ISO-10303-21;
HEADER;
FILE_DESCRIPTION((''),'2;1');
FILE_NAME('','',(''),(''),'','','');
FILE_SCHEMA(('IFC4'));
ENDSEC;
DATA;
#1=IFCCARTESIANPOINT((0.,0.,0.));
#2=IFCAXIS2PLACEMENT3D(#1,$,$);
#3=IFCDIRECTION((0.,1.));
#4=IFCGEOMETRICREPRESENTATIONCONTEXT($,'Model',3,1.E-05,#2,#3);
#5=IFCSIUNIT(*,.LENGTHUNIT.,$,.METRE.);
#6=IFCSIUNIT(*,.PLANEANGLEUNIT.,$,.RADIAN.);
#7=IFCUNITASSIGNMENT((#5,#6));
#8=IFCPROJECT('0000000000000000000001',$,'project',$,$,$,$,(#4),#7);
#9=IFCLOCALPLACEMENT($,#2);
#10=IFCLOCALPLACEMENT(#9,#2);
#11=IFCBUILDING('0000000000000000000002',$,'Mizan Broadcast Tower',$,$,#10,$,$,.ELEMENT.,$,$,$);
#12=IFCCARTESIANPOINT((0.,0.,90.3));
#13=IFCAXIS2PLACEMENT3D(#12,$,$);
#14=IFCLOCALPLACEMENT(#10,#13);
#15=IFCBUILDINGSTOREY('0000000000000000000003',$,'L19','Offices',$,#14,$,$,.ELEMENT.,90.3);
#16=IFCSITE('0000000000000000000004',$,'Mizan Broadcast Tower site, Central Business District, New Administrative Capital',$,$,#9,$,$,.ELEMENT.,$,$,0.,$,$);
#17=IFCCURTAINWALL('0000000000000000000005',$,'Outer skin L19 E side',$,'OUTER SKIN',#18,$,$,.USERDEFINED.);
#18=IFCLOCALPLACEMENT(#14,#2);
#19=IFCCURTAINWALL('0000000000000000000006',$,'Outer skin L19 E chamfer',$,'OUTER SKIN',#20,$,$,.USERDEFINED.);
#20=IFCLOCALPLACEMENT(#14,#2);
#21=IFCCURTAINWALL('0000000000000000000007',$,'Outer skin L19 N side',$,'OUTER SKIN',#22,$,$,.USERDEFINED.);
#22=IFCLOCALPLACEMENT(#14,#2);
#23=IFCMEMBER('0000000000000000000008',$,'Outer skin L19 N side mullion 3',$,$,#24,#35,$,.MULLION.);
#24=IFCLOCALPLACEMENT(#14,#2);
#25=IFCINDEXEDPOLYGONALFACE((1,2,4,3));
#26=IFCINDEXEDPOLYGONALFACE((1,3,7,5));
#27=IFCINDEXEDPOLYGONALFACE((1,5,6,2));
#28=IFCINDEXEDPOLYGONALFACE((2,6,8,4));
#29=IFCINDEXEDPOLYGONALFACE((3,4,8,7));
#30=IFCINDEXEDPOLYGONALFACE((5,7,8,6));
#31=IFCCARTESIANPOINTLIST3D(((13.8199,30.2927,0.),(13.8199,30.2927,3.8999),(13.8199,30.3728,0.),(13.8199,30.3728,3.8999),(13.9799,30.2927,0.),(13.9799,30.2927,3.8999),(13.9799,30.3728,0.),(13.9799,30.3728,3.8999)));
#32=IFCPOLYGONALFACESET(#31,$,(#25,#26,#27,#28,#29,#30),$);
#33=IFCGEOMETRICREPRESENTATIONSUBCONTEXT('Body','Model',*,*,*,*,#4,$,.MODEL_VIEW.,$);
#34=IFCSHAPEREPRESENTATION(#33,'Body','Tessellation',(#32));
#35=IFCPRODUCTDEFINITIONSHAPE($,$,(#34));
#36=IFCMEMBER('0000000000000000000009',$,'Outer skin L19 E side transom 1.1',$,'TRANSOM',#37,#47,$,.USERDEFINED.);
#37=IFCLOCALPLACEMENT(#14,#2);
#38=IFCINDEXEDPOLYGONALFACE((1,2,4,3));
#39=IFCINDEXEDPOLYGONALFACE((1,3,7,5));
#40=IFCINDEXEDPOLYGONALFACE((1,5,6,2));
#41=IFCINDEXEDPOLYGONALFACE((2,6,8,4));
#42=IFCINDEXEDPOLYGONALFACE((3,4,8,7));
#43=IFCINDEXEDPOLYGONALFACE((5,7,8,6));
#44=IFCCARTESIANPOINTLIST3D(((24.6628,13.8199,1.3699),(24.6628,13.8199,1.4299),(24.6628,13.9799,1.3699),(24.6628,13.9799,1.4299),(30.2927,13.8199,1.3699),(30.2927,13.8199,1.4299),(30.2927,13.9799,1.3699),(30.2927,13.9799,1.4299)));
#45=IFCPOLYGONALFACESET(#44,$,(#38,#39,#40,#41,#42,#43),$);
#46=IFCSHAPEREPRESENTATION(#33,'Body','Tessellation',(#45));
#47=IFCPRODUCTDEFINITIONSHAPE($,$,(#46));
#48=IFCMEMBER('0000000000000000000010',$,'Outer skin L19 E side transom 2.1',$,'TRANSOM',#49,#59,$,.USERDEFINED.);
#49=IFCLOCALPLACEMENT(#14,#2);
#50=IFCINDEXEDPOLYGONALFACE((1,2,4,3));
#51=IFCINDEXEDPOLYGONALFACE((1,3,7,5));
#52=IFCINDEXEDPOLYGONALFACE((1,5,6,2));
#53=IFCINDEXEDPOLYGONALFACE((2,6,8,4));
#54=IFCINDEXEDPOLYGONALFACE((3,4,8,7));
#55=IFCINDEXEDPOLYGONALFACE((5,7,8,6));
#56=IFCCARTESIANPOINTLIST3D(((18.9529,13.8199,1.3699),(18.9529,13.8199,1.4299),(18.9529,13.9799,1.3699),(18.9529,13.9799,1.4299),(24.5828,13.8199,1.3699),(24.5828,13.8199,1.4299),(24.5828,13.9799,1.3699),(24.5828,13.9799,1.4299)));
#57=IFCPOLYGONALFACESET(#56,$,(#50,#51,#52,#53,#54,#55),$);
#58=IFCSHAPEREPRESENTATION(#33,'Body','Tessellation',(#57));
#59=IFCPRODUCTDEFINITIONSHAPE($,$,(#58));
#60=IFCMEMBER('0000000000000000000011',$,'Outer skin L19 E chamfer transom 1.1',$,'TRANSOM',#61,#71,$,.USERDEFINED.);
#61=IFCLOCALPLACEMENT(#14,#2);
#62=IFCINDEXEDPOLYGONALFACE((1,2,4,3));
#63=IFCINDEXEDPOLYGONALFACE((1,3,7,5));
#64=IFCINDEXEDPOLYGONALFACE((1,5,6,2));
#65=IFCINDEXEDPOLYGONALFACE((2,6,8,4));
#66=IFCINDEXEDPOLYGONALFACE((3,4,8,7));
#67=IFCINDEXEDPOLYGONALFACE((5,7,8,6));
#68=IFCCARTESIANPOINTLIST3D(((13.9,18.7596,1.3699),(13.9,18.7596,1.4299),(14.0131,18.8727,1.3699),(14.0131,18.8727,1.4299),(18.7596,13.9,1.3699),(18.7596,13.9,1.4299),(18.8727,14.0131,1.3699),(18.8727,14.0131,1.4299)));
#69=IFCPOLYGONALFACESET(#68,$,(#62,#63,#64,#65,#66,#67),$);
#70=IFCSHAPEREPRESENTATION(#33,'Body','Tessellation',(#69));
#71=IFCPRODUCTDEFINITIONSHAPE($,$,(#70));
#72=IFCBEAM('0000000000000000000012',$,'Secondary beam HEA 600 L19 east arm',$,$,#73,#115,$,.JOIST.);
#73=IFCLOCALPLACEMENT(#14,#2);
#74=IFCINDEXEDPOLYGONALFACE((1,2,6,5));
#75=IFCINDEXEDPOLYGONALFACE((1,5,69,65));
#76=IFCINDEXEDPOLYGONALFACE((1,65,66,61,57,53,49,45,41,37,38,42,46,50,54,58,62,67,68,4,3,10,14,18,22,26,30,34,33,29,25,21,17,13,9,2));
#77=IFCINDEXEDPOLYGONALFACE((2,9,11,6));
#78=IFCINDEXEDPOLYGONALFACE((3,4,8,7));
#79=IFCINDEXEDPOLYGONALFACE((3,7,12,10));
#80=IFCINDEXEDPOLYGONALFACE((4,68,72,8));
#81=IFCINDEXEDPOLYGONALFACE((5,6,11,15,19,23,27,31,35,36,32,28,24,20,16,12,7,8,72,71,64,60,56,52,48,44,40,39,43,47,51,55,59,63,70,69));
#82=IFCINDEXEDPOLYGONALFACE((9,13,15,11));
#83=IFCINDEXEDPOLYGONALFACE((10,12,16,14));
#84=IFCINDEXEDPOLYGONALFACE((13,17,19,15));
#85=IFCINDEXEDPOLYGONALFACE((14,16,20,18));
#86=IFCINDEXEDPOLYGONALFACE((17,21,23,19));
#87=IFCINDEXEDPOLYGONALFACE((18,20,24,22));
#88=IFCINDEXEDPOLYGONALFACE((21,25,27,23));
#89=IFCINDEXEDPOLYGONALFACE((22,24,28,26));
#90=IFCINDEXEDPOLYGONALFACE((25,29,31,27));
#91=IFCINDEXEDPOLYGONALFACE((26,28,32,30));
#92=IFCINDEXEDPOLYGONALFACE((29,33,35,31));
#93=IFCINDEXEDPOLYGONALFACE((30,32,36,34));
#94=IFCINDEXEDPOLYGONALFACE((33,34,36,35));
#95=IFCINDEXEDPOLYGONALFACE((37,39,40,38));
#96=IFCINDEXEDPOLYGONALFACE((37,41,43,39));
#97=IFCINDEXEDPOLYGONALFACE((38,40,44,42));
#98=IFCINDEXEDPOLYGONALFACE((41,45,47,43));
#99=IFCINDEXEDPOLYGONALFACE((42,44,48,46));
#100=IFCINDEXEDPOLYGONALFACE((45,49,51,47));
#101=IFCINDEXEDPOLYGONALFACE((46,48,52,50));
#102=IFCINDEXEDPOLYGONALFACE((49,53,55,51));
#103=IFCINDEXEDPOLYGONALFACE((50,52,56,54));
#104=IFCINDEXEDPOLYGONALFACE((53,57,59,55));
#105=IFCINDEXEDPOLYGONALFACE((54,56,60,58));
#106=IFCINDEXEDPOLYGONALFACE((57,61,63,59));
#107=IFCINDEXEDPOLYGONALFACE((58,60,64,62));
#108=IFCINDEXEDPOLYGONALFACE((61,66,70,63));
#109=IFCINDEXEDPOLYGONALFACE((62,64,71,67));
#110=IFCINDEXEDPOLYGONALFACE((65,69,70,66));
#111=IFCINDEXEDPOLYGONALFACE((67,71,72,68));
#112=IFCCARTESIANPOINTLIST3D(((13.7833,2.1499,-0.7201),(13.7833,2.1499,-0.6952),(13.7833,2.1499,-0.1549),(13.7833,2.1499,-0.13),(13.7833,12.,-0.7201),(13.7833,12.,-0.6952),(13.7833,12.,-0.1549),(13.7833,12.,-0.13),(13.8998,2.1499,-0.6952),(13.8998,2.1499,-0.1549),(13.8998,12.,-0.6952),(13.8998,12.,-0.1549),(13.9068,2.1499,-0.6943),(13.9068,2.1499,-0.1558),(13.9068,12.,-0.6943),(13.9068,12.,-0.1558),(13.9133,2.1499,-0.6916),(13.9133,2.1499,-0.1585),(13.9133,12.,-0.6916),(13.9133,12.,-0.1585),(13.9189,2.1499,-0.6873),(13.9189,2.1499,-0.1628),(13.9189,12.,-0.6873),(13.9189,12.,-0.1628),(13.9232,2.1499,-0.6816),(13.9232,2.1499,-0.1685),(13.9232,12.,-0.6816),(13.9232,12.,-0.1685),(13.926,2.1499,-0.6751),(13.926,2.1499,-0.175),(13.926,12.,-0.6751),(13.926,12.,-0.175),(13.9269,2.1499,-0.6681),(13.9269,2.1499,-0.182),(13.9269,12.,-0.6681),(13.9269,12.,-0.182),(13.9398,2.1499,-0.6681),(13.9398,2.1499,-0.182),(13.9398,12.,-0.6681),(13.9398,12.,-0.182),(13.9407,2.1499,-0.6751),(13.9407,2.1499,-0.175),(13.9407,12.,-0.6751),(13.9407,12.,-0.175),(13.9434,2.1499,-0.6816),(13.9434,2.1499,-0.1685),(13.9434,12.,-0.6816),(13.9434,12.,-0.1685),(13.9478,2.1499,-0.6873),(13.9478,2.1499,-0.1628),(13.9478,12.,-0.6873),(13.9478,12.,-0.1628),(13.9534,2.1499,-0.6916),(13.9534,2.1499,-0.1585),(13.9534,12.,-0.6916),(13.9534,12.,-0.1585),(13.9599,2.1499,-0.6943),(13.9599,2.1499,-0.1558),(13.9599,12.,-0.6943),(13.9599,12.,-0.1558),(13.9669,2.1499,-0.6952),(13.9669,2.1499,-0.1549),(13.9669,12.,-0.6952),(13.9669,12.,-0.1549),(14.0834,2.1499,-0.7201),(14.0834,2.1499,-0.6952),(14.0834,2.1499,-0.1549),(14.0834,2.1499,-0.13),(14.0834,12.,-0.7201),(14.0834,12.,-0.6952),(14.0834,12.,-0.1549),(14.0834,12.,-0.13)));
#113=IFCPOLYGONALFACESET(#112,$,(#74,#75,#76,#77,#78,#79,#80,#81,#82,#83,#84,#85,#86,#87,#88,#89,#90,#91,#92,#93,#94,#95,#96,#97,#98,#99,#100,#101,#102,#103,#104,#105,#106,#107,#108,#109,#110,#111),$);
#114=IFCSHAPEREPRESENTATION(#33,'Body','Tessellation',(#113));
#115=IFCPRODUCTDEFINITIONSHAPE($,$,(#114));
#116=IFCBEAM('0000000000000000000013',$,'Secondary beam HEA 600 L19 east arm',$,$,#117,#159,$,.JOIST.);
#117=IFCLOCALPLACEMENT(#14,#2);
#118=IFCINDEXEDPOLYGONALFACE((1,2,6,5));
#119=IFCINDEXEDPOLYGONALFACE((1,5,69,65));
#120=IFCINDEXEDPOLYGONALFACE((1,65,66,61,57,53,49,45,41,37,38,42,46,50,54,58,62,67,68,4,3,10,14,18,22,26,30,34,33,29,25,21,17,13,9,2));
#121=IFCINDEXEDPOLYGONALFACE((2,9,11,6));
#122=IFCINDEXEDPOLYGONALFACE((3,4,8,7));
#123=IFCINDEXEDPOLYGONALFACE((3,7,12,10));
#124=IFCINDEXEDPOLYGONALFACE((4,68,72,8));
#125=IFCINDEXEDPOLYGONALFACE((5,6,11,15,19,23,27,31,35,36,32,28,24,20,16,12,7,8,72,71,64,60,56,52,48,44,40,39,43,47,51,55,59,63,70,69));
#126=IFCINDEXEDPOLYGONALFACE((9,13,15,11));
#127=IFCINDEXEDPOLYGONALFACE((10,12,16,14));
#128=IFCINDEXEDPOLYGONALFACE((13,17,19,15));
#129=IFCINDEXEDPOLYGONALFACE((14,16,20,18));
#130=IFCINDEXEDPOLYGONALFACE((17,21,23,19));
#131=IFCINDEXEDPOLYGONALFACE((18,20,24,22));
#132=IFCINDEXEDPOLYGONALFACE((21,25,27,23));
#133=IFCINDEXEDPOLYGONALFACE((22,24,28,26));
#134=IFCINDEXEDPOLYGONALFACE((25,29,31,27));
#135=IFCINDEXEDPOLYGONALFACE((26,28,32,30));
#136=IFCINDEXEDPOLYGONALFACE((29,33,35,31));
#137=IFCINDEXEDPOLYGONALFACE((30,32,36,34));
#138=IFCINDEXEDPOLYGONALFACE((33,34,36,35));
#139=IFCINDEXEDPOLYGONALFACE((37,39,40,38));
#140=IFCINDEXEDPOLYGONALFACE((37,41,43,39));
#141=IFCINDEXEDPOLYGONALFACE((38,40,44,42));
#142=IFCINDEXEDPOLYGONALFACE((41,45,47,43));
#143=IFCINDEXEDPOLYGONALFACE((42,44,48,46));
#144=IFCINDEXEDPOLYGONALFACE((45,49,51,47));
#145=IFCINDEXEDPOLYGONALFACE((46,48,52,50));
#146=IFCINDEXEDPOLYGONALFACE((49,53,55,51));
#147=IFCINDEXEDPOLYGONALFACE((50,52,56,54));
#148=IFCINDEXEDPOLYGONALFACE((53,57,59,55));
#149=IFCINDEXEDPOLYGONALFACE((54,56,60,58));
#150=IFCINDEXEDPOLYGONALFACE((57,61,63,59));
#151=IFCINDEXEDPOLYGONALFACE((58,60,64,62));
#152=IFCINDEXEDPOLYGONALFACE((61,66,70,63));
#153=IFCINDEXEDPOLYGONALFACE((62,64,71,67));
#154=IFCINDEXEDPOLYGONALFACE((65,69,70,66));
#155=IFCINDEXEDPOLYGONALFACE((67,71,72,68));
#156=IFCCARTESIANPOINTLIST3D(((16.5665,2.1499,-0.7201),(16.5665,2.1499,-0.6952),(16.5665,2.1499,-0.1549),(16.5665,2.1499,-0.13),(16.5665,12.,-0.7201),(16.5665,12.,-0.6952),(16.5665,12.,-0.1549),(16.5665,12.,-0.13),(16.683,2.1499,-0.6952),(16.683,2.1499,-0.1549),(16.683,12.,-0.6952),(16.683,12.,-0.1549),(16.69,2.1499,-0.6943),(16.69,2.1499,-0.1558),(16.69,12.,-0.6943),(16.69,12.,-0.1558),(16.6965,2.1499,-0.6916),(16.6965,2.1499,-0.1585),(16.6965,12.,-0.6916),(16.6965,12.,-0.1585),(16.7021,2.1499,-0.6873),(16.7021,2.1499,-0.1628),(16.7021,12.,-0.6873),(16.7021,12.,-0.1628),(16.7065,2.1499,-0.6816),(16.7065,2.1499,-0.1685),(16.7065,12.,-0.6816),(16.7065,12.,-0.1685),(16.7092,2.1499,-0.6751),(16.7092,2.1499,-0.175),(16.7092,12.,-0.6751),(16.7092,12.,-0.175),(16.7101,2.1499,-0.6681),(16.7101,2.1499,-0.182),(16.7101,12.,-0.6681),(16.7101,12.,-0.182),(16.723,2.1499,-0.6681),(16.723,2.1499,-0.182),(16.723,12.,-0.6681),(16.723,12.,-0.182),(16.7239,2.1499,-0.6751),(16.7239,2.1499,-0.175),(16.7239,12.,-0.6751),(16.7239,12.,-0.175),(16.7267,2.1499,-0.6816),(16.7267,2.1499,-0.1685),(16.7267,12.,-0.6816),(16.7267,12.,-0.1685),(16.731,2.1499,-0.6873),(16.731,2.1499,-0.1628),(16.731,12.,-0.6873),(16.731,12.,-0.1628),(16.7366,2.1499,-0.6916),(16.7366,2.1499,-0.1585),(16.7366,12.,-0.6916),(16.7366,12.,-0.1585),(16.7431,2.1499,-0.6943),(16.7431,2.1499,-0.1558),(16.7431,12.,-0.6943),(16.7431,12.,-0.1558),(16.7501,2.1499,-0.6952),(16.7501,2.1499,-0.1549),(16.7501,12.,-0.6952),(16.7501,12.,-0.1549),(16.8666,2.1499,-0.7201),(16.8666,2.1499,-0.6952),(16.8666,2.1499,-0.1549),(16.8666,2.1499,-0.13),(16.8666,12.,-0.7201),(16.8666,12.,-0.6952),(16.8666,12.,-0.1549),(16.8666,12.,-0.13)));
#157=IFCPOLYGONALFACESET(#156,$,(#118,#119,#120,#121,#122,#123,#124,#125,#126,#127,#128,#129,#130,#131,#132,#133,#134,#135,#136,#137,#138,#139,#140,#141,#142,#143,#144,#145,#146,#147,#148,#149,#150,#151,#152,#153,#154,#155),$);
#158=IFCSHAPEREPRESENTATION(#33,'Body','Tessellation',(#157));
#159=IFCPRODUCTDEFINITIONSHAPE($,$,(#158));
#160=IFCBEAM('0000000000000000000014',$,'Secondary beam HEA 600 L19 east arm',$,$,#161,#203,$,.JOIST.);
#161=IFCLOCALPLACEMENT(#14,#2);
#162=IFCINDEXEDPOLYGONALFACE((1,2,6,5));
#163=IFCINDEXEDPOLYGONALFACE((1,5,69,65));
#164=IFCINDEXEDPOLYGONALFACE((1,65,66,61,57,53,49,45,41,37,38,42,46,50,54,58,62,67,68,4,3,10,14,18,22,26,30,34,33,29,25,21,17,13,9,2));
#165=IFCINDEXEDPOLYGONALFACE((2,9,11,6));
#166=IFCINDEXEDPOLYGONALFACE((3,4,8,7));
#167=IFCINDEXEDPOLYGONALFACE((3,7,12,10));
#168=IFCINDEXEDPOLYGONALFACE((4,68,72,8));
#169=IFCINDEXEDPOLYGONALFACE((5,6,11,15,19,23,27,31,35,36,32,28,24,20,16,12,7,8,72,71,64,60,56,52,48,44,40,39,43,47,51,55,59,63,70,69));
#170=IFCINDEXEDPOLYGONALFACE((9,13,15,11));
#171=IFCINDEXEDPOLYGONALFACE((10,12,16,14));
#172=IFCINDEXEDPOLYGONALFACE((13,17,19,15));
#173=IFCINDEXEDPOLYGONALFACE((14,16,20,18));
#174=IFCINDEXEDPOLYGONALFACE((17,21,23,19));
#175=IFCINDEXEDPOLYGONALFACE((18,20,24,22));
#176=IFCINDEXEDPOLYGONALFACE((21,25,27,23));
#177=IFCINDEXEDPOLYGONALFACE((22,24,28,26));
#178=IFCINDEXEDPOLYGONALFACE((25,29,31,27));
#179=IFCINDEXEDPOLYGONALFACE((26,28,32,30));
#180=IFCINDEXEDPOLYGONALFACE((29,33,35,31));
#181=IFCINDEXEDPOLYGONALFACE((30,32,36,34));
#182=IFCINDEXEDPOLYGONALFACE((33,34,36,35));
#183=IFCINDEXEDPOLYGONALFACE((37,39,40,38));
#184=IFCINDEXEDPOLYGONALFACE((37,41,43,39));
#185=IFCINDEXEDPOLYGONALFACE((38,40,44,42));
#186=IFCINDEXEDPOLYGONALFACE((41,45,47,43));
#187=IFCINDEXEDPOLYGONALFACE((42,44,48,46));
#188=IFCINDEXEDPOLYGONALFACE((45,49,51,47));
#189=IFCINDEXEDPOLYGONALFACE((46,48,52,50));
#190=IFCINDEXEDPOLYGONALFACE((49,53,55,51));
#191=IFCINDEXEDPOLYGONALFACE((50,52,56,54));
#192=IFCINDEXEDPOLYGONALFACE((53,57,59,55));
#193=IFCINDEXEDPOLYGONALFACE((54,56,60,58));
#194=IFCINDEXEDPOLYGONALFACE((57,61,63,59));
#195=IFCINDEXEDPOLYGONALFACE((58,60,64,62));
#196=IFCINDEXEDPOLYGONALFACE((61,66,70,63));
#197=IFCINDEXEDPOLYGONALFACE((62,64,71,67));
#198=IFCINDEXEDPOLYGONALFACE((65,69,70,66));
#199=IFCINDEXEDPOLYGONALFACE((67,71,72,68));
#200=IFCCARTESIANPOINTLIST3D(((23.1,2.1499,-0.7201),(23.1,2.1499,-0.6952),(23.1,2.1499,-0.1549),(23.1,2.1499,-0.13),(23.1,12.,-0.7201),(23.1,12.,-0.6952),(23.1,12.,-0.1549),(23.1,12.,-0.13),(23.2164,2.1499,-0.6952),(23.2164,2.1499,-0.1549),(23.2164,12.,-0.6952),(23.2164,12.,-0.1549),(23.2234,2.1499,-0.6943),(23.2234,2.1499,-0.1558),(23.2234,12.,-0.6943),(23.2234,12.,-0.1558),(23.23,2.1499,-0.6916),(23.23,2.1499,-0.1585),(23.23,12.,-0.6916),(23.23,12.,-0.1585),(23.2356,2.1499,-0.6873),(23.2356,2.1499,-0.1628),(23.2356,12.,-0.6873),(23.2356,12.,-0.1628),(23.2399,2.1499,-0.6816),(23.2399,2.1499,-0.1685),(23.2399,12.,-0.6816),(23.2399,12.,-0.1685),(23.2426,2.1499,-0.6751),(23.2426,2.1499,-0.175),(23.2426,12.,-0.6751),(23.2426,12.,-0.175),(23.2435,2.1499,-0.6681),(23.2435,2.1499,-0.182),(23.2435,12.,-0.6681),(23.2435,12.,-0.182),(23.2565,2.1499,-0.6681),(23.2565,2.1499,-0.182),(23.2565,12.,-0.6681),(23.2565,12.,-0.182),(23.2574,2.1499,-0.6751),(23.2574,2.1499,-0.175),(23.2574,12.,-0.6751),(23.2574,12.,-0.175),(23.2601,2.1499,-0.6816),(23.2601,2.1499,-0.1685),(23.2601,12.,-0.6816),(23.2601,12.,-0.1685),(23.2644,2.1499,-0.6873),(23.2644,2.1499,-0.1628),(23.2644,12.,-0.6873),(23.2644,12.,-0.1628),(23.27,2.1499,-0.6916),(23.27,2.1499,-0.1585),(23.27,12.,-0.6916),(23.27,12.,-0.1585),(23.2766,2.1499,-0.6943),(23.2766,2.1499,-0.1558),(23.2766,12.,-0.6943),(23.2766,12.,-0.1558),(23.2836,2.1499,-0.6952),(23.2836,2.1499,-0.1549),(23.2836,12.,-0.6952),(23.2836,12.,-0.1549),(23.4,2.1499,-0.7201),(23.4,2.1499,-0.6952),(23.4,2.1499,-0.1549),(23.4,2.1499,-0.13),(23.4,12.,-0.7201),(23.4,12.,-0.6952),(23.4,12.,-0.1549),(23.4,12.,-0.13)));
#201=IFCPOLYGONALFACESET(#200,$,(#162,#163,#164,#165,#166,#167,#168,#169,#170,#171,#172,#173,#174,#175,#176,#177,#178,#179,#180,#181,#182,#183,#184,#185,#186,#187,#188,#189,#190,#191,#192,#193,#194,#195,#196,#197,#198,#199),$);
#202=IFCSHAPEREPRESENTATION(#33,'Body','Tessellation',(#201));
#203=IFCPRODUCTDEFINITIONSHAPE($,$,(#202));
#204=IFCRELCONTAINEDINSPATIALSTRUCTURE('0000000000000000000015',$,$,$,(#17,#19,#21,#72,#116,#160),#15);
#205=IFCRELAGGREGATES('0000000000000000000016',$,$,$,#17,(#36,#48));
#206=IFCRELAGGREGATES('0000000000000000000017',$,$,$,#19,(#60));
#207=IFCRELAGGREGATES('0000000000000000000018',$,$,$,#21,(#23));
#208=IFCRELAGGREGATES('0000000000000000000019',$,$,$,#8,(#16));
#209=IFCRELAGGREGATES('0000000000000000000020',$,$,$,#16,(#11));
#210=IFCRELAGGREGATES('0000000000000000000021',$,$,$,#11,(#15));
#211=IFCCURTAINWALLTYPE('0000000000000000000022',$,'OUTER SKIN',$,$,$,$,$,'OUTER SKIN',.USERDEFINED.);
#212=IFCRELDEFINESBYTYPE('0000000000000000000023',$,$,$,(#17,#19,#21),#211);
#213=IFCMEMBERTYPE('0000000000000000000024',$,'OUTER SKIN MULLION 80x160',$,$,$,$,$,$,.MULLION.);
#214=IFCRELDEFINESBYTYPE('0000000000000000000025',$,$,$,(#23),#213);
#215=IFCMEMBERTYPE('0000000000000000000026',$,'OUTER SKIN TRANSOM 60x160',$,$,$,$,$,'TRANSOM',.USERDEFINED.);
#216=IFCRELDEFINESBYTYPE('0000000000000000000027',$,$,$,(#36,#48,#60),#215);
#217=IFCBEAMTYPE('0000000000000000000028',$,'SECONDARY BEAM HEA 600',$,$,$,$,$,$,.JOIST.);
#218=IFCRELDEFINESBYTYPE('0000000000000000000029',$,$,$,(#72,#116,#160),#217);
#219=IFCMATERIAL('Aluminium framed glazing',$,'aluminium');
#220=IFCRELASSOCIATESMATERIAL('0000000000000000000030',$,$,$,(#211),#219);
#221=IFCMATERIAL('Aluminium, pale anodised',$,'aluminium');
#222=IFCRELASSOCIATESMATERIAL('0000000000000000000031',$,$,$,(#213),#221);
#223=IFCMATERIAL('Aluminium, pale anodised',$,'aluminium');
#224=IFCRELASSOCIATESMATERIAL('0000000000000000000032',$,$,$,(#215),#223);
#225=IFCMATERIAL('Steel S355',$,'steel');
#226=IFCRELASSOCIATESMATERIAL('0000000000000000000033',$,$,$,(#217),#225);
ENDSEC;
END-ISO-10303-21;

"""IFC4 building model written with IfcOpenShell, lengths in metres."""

from ifc_helpers import new_model, si_unit, direction, frame, origin, origin_2d, place, context, subcontext, project, spatial, rectangle, i_section, extrude, material, material_profile, profile_set, type_object, element, aggregate, save


model = new_model("IFC4")

# Units and contexts
model_context = context("Model", 3, precision=1e-05, world=origin(), true_north=direction((0.0, 1.0)))
body_context = subcontext(model_context, "Body", "Model", "MODEL_VIEW")
ifc_project = project(units=[si_unit("LENGTHUNIT", "METRE"), si_unit("PLANEANGLEUNIT", "RADIAN")], contexts=[model_context])

# Site, building, storey
site_placement = place(None, origin())
site = spatial("IfcSite", under=ifc_project, at=site_placement, Name="Mizan Broadcast Tower site, Central Business District, New Administrative Capital", CompositionType="ELEMENT", RefElevation=0.0)
building_placement = place(site_placement, origin())
building = spatial("IfcBuilding", under=site, at=building_placement, Name="Mizan Broadcast Tower", CompositionType="ELEMENT")
storey_placement = place(building_placement, frame((0.0, 0.0, 90.3)))
storey = spatial("IfcBuildingStorey", under=building, at=storey_placement, Name="L19", Description="Offices", CompositionType="ELEMENT", Elevation=90.3)

# Shared definitions
ifc_material_1 = material(Name="Aluminium framed glazing", Category="aluminium")
curtain_wall_type_1 = type_object("IfcCurtainWallType", Name="OUTER SKIN", ElementType="OUTER SKIN", PredefinedType="USERDEFINED", material=ifc_material_1)
ifc_material_2 = material(Name="Aluminium, pale anodised", Category="aluminium")
ifc_material_profile_1 = material_profile(ifc_material_2, rectangle(XDim=0.1599, YDim=0.0801, at=origin_2d()), Name="MULLION 160x80")
ifc_profile_set_1 = profile_set([ifc_material_profile_1], Name="Aluminium, pale anodised")
member_type_1 = type_object("IfcMemberType", Name="OUTER SKIN MULLION 80x160", PredefinedType="MULLION", material=ifc_profile_set_1)

# Curtain wall
curtain_wall_1_placement = place(storey_placement, origin())
curtain_wall_1 = element("IfcCurtainWall", 1, at=curtain_wall_1_placement, inside=storey, type_object=curtain_wall_type_1, Name="Outer skin L19 E side", ObjectType="OUTER SKIN", PredefinedType="USERDEFINED")

# Curtain walls, member
curtain_wall_2_placement = place(storey_placement, origin())
curtain_wall_2 = element("IfcCurtainWall", 2, at=curtain_wall_2_placement, inside=storey, type_object=curtain_wall_type_1, Name="Outer skin L19 E chamfer", ObjectType="OUTER SKIN", PredefinedType="USERDEFINED")
curtain_wall_3_placement = place(storey_placement, origin())
curtain_wall_3 = element("IfcCurtainWall", 3, at=curtain_wall_3_placement, inside=storey, type_object=curtain_wall_type_1, Name="Outer skin L19 N side", ObjectType="OUTER SKIN", PredefinedType="USERDEFINED")
member_1_placement = place(storey_placement, frame((13.8999, 30.3328, 0.0), z_axis=(0.0, 0.0, 1.0), x_axis=(-1.0, 0.0, 0.0)))
member_1 = element("IfcMember", 4, at=member_1_placement, type_object=member_type_1, Name="Outer skin L19 N side mullion 3", PredefinedType="MULLION", context=body_context, shape_type="SweptSolid", body=[
    extrude(rectangle(XDim=0.1599, YDim=0.0801, at=origin_2d()), origin(), (0.0, 0.0, 1.0), 3.8999),
])

# Members
ifc_material_3 = material(Name="Aluminium, pale anodised", Category="aluminium")
ifc_material_profile_2 = material_profile(ifc_material_3, rectangle(XDim=0.1599, YDim=0.0601, at=origin_2d()), Name="TRANSOM 160x60")
ifc_profile_set_2 = profile_set([ifc_material_profile_2], Name="Aluminium, pale anodised")
member_type_2 = type_object("IfcMemberType", Name="OUTER SKIN TRANSOM 60x160", ElementType="TRANSOM", PredefinedType="USERDEFINED", material=ifc_profile_set_2)
member_2_placement = place(storey_placement, frame((30.2927, 13.8999, 1.3999), z_axis=(-1.0, 0.0, 0.0), x_axis=(0.0, -1.0, 0.0)))
member_2 = element("IfcMember", 5, at=member_2_placement, type_object=member_type_2, Name="Outer skin L19 E side transom 1.1", ObjectType="TRANSOM", PredefinedType="USERDEFINED", context=body_context, shape_type="SweptSolid", body=[
    extrude(rectangle(XDim=0.1599, YDim=0.0601, at=origin_2d()), origin(), (0.0, 0.0, 1.0), 5.6299),
])
member_3_placement = place(storey_placement, frame((24.5828, 13.8999, 1.3999), z_axis=(-1.0, 0.0, 0.0), x_axis=(0.0, -1.0, 0.0)))
member_3 = element("IfcMember", 6, at=member_3_placement, type_object=member_type_2, Name="Outer skin L19 E side transom 2.1", ObjectType="TRANSOM", PredefinedType="USERDEFINED", context=body_context, shape_type="SweptSolid", body=[
    extrude(rectangle(XDim=0.1599, YDim=0.0601, at=origin_2d()), origin(), (0.0, 0.0, 1.0), 5.6299),
])
member_4_placement = place(storey_placement, frame((18.8162, 13.9565, 1.3999), z_axis=(-0.707107, 0.707107, 0.0), x_axis=(-0.707107, -0.707107, 0.0)))
member_4 = element("IfcMember", 7, at=member_4_placement, type_object=member_type_2, Name="Outer skin L19 E chamfer transom 1.1", ObjectType="TRANSOM", PredefinedType="USERDEFINED", context=body_context, shape_type="SweptSolid", body=[
    extrude(rectangle(XDim=0.1599, YDim=0.0601, at=origin_2d()), origin(), (0.0, 0.0, 1.0), 6.8726),
])

# Beams
ifc_material_4 = material(Name="Steel S355", Category="steel")
ifc_material_profile_3 = material_profile(ifc_material_4, i_section(OverallWidth=0.3, OverallDepth=0.5901, WebThickness=0.0129, FlangeThickness=0.0249, FilletRadius=0.0271, at=origin_2d()), Name="HEA 600")
ifc_profile_set_3 = profile_set([ifc_material_profile_3], Name="Steel S355")
beam_type_1 = type_object("IfcBeamType", Name="SECONDARY BEAM HEA 600", PredefinedType="JOIST", material=ifc_profile_set_3)
for number, where, z_axis, x_axis, name in (
    (8, (13.9333, 12.0, -0.425), (0.0, -1.0, 0.0), (1.0, 0.0, 0.0), "Secondary beam HEA 600 L19 east arm"),
    (9, (16.7166, 12.0, -0.425), (0.0, -1.0, 0.0), (1.0, 0.0, 0.0), "Secondary beam HEA 600 L19 east arm"),
    (10, (23.25, 12.0, -0.425), (0.0, -1.0, 0.0), (1.0, 0.0, 0.0), "Secondary beam HEA 600 L19 east arm"),
):
    element("IfcBeam", number, at=place(storey_placement, frame(where, z_axis=z_axis, x_axis=x_axis)), inside=storey, type_object=beam_type_1, Name=name, PredefinedType="JOIST", context=body_context, shape_type="SweptSolid", body=[
        extrude(i_section(OverallWidth=0.3, OverallDepth=0.5901, WebThickness=0.0129, FlangeThickness=0.0249, FilletRadius=0.0271, at=origin_2d()), origin(), (0.0, 0.0, 1.0), 9.8501),
    ])

aggregate(curtain_wall_1, [member_2, member_3])
aggregate(curtain_wall_2, [member_4])
aggregate(curtain_wall_3, [member_1])

save(model, "model.ifc")
